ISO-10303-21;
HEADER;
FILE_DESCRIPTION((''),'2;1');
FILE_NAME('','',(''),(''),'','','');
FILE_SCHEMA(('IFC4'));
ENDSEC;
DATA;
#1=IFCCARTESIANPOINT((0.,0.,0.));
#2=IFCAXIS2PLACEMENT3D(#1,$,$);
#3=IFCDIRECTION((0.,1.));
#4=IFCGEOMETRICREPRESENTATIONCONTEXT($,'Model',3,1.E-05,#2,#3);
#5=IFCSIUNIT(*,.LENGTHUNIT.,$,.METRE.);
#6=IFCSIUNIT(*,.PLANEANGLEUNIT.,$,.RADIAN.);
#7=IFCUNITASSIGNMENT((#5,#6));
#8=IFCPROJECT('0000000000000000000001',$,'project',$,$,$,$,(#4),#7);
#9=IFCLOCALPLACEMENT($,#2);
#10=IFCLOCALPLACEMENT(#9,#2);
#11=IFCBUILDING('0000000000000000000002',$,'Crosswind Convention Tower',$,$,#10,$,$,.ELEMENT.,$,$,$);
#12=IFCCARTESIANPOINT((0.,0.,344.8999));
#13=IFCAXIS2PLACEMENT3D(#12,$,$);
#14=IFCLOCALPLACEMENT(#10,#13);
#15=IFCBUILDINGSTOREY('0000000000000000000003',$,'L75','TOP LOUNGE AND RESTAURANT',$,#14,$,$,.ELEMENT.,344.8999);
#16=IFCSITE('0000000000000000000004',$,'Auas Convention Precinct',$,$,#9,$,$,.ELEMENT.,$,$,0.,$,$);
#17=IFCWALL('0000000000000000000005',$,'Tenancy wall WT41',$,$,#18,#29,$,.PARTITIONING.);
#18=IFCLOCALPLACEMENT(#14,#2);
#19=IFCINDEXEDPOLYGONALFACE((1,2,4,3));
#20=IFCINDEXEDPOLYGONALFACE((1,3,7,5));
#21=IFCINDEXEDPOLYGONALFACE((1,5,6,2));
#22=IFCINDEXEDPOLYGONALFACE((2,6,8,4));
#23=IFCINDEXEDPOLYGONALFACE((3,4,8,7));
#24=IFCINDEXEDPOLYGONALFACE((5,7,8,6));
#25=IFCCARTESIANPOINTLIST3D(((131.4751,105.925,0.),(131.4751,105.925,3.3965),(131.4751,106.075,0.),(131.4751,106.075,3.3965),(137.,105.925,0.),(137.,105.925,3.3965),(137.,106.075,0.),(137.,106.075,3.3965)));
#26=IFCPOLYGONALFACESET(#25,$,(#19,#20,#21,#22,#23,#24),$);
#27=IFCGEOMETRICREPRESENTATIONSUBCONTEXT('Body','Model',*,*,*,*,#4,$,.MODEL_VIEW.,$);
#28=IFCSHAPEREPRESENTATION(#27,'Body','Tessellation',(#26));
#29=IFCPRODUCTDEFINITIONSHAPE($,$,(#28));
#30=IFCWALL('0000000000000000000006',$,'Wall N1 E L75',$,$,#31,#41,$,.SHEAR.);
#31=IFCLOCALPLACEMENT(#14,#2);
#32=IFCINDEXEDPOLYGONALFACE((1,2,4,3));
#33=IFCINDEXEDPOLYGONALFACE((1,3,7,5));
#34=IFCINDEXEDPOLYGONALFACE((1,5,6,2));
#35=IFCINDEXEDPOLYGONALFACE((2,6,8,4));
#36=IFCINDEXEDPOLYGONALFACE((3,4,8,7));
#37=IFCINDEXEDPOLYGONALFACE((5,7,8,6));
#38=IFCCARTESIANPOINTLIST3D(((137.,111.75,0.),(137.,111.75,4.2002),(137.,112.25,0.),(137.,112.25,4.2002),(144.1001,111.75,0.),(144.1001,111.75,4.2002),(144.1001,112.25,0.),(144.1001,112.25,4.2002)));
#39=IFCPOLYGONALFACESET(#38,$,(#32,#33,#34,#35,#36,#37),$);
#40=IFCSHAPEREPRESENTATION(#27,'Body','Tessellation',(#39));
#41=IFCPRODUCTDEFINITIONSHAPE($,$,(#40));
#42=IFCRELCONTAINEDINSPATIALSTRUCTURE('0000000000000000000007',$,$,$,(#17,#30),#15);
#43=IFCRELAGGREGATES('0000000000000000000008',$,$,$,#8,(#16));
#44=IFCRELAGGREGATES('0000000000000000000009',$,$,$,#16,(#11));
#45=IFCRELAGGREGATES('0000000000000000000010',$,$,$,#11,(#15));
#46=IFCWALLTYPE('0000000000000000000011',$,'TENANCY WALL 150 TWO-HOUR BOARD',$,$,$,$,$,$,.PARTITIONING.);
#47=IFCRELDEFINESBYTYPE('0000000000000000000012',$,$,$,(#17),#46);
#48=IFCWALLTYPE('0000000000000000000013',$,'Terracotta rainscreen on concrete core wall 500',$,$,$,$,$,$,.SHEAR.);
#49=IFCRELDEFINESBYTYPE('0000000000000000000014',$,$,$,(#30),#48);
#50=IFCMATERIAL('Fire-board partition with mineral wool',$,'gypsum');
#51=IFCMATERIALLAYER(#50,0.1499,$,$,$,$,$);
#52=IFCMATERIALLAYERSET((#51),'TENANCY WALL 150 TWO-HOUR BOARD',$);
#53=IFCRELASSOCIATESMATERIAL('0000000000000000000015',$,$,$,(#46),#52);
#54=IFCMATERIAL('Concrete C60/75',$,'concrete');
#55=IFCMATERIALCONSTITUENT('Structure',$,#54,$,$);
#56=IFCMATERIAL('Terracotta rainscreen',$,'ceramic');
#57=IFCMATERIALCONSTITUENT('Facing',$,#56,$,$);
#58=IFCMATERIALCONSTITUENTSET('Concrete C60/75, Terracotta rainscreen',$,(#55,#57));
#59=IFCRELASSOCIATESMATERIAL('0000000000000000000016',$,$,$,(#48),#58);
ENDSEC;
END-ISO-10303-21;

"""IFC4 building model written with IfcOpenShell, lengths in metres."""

from ifc_helpers import new_model, si_unit, direction, frame, frame_2d, origin, place, context, subcontext, project, spatial, rectangle, extrude, material, layer, layer_set, constituent, constituent_set, type_object, element, save


model = new_model("IFC4")

# Units and contexts
model_context = context("Model", 3, precision=1e-05, world=origin(), true_north=direction((0.0, 1.0)))
body_context = subcontext(model_context, "Body", "Model", "MODEL_VIEW")
ifc_project = project(units=[si_unit("LENGTHUNIT", "METRE"), si_unit("PLANEANGLEUNIT", "RADIAN")], contexts=[model_context])

# Site, building, storey
site_placement = place(None, origin())
site = spatial("IfcSite", under=ifc_project, at=site_placement, Name="Auas Convention Precinct", CompositionType="ELEMENT", RefElevation=0.0)
building_placement = place(site_placement, origin())
building = spatial("IfcBuilding", under=site, at=building_placement, Name="Crosswind Convention Tower", CompositionType="ELEMENT")
storey_placement = place(building_placement, frame((0.0, 0.0, 344.8999)))
storey = spatial("IfcBuildingStorey", under=building, at=storey_placement, Name="L75", Description="TOP LOUNGE AND RESTAURANT", CompositionType="ELEMENT", Elevation=344.8999)

# Shared definitions
ifc_material_1 = material(Name="Concrete C60/75", Category="concrete")

# Shared definitions
ifc_material_2 = material(Name="Fire-board partition with mineral wool", Category="gypsum")
ifc_layer = layer(ifc_material_2, 0.1499)
ifc_layer_set = layer_set([ifc_layer], Name="TENANCY WALL 150 TWO-HOUR BOARD")
wall_type_1 = type_object("IfcWallType", Name="TENANCY WALL 150 TWO-HOUR BOARD", PredefinedType="PARTITIONING", material=ifc_layer_set)

# Walls
wall_1_placement = place(storey_placement, frame((131.4751, 106.0, 0.0), z_axis=(0.0, 0.0, 1.0), x_axis=(1.0, 0.0, 0.0)))
element("IfcWall", 1, at=wall_1_placement, inside=storey, type_object=wall_type_1, Name="Tenancy wall WT41", PredefinedType="PARTITIONING", context=body_context, shape_type="SweptSolid", body=[
    extrude(rectangle(XDim=5.5249, YDim=0.1499, at=frame_2d((2.7625, 0.0))), origin(), (0.0, 0.0, 1.0), 3.3965),
])
ifc_constituent_1 = constituent(ifc_material_1, Name="Structure")
ifc_material_3 = material(Name="Terracotta rainscreen", Category="ceramic")
ifc_constituent_2 = constituent(ifc_material_3, Name="Facing")
ifc_constituent_set = constituent_set(constituents=[ifc_constituent_1, ifc_constituent_2], Name="Concrete C60/75, Terracotta rainscreen")
wall_type_2 = type_object("IfcWallType", Name="Terracotta rainscreen on concrete core wall 500", PredefinedType="SHEAR", material=ifc_constituent_set)
wall_2_placement = place(storey_placement, frame((137.0, 112.0, 0.0), z_axis=(0.0, 0.0, 1.0), x_axis=(1.0, 0.0, 0.0)))
element("IfcWall", 2, at=wall_2_placement, inside=storey, type_object=wall_type_2, Name="Wall N1 E L75", PredefinedType="SHEAR", context=body_context, shape_type="SweptSolid", body=[
    extrude(rectangle(XDim=7.1001, YDim=0.5, at=frame_2d((3.55, 0.0))), origin(), (0.0, 0.0, 1.0), 4.2002),
])

save(model, "model.ifc")
